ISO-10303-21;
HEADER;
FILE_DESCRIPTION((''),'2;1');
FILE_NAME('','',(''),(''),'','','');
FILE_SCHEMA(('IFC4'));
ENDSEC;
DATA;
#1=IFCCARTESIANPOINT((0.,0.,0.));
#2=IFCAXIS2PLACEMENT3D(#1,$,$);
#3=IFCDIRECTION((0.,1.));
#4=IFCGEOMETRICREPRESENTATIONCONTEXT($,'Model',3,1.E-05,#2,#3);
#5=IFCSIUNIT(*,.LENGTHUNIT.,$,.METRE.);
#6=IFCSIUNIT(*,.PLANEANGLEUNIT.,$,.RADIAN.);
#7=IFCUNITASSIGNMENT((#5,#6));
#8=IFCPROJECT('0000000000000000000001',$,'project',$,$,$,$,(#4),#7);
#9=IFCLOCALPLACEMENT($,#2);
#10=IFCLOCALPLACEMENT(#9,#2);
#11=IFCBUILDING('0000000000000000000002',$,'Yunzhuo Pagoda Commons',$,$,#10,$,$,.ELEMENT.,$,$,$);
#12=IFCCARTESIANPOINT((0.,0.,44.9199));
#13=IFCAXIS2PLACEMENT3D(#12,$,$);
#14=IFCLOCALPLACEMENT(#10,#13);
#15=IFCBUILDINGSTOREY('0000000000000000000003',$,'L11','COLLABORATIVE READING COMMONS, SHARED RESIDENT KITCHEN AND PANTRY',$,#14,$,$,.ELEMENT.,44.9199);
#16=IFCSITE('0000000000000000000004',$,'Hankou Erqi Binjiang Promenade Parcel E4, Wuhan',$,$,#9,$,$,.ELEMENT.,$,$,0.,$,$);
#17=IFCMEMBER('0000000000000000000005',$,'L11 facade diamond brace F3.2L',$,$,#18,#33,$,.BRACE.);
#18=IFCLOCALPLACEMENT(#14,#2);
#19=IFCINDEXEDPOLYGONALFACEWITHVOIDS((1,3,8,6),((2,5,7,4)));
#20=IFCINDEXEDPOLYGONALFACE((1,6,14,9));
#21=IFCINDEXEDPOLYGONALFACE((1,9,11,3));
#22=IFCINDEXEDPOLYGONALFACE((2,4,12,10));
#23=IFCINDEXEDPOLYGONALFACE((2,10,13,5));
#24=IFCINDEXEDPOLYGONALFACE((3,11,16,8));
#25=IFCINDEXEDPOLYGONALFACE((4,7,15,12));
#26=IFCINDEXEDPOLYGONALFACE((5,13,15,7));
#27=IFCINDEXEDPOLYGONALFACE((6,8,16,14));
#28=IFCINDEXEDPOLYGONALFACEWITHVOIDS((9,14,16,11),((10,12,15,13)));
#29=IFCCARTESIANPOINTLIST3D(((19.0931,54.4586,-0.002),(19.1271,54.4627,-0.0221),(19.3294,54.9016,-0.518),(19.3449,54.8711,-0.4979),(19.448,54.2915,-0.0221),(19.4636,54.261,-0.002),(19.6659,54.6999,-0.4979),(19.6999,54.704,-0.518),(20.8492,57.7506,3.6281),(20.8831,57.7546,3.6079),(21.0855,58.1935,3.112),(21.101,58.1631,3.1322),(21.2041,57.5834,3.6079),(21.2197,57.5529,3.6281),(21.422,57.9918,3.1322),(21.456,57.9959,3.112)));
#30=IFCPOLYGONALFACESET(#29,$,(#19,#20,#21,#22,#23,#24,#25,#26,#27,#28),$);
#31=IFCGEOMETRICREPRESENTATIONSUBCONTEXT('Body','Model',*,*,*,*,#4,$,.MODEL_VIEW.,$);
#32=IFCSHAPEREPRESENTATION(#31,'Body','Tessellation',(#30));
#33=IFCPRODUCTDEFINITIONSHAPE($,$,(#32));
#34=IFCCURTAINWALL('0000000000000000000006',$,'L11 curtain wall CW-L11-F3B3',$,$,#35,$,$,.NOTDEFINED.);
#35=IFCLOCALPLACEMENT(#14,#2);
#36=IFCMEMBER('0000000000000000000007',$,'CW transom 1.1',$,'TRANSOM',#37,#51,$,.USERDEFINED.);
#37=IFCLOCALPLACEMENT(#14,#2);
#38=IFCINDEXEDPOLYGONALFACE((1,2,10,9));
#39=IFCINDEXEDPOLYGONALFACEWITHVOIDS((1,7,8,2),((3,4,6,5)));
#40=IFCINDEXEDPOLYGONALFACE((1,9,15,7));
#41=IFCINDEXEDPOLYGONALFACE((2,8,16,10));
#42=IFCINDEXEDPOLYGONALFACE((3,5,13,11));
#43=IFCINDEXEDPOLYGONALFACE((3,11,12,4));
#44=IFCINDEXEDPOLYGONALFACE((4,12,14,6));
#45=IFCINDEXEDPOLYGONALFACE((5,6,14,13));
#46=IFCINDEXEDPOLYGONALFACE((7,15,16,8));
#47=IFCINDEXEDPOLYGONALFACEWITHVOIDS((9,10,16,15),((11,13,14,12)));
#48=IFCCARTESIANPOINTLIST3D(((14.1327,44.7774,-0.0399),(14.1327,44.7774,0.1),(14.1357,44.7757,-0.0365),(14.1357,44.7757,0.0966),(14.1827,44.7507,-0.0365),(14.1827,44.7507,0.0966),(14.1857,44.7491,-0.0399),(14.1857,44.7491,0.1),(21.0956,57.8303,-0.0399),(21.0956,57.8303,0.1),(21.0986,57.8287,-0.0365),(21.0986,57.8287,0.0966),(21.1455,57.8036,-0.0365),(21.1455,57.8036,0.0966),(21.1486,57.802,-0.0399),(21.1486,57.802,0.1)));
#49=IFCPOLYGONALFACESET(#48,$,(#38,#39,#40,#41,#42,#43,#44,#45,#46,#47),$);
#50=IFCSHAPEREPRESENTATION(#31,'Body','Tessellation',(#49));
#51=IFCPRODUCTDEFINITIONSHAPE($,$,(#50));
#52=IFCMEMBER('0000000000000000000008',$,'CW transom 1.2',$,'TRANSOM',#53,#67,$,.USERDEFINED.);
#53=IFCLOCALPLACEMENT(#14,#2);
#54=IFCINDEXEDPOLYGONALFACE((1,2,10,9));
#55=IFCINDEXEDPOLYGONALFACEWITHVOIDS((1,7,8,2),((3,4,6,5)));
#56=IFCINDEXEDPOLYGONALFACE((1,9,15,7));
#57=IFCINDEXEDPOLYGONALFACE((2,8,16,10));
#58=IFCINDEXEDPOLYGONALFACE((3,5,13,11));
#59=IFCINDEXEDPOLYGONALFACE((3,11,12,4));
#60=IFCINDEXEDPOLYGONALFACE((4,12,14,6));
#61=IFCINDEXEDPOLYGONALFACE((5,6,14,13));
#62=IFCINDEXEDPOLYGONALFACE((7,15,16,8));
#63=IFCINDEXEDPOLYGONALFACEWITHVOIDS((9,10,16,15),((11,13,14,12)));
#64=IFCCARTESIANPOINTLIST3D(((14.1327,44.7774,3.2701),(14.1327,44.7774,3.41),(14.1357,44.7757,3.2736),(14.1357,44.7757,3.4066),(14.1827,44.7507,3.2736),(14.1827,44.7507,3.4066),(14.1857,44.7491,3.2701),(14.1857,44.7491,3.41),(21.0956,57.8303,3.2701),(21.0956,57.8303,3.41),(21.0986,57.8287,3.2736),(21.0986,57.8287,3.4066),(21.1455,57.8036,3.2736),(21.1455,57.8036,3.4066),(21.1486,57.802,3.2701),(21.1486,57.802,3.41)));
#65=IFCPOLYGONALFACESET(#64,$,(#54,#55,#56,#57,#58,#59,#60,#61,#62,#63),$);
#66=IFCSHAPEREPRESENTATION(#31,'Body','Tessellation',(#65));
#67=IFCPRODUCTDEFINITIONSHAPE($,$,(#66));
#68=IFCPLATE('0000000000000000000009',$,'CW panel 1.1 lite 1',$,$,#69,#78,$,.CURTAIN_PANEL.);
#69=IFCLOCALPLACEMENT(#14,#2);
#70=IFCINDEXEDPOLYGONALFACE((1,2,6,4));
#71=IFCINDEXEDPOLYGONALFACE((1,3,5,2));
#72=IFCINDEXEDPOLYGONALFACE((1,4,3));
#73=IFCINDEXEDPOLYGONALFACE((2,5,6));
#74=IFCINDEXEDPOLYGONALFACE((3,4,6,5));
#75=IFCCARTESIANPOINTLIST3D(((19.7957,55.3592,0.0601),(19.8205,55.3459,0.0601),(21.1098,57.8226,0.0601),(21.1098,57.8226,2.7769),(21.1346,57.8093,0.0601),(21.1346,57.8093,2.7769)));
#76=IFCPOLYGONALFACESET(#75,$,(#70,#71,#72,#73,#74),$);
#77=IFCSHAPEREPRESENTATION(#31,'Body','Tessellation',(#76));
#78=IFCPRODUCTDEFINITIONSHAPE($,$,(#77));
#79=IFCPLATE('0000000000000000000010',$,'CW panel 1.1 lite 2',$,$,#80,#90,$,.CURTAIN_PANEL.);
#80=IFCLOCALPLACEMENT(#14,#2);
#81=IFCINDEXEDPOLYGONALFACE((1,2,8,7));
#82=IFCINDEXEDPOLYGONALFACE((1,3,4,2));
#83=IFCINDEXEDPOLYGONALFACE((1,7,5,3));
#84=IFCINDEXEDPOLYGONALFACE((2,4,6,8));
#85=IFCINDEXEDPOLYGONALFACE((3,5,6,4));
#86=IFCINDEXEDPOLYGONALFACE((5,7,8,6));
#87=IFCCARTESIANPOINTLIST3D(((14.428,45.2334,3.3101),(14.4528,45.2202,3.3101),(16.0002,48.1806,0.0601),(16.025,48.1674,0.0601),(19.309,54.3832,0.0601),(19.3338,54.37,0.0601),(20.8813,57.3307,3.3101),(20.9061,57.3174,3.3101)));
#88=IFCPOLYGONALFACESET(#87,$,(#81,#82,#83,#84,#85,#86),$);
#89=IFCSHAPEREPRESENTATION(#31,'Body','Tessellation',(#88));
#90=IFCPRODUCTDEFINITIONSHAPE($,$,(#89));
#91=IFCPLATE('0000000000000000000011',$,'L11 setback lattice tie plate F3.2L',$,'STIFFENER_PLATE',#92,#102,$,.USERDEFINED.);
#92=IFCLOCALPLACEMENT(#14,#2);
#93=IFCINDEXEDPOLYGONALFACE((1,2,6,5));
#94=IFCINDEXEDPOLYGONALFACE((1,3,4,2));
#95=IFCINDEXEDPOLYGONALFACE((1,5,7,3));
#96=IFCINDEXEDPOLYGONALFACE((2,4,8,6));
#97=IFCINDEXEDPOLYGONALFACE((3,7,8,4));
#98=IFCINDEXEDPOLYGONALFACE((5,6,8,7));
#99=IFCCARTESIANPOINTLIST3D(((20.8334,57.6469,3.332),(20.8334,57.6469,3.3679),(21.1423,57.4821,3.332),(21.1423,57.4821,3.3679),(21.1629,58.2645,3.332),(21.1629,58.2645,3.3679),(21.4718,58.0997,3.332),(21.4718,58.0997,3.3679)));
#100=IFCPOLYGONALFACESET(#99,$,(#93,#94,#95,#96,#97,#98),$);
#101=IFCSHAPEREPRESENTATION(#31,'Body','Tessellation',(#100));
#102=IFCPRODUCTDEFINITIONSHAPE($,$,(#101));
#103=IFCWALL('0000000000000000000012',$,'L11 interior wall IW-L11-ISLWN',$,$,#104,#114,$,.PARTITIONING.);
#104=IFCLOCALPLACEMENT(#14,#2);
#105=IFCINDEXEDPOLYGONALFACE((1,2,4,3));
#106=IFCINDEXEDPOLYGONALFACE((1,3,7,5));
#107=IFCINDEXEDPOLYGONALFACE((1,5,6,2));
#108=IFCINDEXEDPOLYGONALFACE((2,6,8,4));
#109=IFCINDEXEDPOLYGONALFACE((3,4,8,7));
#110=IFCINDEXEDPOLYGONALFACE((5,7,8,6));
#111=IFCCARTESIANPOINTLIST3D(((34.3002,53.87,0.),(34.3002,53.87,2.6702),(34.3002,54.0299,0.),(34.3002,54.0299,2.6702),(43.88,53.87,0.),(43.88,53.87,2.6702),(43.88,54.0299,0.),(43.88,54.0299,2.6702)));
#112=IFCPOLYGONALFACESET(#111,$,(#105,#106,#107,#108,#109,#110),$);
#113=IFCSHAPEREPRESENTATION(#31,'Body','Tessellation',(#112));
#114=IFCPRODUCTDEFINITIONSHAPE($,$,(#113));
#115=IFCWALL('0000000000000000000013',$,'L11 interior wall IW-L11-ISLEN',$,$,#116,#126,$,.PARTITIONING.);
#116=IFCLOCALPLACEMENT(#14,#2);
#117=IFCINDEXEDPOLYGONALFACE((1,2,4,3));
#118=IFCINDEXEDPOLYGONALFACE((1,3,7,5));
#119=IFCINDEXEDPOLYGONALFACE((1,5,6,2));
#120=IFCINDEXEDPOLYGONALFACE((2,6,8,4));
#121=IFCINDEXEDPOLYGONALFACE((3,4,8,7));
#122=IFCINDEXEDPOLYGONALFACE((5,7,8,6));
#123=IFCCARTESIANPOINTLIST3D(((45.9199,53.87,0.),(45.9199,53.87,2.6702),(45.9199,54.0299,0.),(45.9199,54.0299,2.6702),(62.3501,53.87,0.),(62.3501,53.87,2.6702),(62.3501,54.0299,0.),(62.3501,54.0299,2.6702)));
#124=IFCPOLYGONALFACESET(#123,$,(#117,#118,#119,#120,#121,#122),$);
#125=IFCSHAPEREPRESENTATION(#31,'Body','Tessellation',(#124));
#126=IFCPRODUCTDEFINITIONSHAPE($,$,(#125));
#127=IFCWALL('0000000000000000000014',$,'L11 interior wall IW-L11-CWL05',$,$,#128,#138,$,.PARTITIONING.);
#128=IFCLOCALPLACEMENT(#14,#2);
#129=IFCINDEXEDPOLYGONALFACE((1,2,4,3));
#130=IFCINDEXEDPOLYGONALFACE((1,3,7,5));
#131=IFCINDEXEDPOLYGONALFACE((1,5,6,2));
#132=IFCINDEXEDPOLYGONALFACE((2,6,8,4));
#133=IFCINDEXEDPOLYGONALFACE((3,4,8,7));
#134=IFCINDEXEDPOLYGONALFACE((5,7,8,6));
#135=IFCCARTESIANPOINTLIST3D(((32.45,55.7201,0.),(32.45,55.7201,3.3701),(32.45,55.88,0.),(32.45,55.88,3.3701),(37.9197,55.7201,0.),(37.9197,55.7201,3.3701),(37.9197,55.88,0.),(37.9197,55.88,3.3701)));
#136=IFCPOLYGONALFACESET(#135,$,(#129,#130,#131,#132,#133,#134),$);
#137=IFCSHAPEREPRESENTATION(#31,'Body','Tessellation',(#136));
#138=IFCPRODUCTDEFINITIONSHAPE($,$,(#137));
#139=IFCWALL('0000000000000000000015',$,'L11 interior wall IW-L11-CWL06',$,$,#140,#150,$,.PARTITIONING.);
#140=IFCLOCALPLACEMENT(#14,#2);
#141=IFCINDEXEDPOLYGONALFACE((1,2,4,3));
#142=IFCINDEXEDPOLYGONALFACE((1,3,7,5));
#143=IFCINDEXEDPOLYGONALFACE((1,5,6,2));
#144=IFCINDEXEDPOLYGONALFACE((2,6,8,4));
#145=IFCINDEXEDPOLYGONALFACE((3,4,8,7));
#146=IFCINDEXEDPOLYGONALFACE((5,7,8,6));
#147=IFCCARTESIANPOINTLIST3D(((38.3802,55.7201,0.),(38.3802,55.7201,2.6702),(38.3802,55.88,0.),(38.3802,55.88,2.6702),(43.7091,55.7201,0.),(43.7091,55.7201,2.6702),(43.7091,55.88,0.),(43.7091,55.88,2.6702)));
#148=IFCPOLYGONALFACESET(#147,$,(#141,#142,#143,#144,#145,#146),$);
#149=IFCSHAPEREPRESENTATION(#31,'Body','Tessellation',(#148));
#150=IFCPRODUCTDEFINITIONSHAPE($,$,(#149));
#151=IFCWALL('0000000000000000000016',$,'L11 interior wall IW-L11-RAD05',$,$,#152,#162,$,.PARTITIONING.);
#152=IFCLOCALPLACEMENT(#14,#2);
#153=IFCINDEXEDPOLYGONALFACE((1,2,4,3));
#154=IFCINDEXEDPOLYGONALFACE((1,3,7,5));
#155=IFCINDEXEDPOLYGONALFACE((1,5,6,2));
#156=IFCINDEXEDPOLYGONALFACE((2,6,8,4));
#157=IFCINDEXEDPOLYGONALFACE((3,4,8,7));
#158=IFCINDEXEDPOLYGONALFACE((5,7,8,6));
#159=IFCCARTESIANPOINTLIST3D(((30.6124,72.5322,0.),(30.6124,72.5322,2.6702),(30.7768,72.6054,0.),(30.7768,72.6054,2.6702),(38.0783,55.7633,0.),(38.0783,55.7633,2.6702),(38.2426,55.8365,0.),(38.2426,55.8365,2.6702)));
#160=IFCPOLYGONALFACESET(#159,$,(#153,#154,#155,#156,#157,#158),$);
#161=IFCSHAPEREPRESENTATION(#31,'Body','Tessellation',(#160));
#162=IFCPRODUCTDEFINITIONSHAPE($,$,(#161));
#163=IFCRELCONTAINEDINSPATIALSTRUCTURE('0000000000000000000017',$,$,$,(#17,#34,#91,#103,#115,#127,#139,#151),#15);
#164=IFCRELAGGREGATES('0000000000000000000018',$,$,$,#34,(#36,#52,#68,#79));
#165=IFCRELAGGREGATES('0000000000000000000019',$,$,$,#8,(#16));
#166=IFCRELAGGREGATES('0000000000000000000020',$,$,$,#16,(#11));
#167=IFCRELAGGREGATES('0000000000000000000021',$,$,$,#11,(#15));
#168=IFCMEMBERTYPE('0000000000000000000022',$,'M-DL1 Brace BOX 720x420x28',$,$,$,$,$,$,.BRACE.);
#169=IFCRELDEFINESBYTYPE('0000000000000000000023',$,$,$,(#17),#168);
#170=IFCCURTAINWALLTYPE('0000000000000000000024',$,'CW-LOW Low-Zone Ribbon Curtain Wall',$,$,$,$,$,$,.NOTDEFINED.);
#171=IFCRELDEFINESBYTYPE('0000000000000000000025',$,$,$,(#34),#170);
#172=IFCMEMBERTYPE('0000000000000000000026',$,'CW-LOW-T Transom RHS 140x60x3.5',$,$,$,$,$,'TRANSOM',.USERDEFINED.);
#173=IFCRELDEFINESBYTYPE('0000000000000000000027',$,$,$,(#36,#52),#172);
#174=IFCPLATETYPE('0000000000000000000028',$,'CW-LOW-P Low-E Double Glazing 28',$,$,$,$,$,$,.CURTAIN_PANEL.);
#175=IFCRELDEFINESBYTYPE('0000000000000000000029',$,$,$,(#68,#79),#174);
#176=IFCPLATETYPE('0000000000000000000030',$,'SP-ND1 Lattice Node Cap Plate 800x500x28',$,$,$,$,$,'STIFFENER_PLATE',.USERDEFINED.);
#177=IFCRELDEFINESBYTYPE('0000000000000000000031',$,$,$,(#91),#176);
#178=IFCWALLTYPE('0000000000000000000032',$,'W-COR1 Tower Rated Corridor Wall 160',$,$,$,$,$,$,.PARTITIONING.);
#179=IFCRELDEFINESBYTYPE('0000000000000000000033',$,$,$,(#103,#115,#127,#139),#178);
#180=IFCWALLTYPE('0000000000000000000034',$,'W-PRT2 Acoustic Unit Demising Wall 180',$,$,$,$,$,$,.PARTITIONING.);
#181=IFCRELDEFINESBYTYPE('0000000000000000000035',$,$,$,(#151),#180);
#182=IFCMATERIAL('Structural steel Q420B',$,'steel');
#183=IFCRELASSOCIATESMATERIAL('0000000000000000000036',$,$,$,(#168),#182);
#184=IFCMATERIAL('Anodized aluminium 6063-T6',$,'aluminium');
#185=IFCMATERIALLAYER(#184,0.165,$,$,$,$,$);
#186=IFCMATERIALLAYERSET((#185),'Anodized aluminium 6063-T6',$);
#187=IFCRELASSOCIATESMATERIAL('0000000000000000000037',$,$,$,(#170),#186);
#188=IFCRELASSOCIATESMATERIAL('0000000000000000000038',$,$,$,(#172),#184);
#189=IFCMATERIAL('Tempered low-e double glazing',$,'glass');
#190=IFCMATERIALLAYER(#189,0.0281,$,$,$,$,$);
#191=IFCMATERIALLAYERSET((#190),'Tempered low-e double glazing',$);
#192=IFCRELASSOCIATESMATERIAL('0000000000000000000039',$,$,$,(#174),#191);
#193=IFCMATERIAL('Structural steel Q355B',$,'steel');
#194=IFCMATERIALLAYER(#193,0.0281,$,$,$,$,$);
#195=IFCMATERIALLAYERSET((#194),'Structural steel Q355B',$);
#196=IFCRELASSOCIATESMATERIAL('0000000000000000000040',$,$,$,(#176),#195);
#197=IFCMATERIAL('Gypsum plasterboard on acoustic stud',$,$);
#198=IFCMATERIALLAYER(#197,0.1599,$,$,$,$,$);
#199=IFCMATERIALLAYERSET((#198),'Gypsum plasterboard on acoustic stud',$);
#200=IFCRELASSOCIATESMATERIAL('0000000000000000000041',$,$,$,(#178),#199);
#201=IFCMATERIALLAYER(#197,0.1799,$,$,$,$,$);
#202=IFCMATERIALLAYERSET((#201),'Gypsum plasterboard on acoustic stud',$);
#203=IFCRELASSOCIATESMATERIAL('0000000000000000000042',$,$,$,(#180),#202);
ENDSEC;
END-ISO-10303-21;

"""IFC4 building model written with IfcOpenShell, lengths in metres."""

from ifc_helpers import new_model, si_unit, direction, frame, frame_2d, origin, origin_2d, place, context, subcontext, project, spatial, polyline, rectangle, hollow_rectangle, outline, extrude, source, transform, mapped, material, layer, layer_set, material_profile, profile_set, type_object, element, aggregate, save


model = new_model("IFC4")

# Units and contexts
model_context = context("Model", 3, precision=1e-05, world=origin(), true_north=direction((0.0, 1.0)))
body_context = subcontext(model_context, "Body", "Model", "MODEL_VIEW")
ifc_project = project(units=[si_unit("LENGTHUNIT", "METRE"), si_unit("PLANEANGLEUNIT", "RADIAN")], contexts=[model_context])

# Site, building, storey
site_placement = place(None, origin())
site = spatial("IfcSite", under=ifc_project, at=site_placement, Name="Hankou Erqi Binjiang Promenade Parcel E4, Wuhan", CompositionType="ELEMENT", RefElevation=0.0)
building_placement = place(site_placement, origin())
building = spatial("IfcBuilding", under=site, at=building_placement, Name="Yunzhuo Pagoda Commons", CompositionType="ELEMENT")
storey_placement = place(building_placement, frame((0.0, 0.0, 44.9199)))
storey = spatial("IfcBuildingStorey", under=building, at=storey_placement, Name="L11", Description="COLLABORATIVE READING COMMONS, SHARED RESIDENT KITCHEN AND PANTRY", CompositionType="ELEMENT", Elevation=44.9199)

# Shared definitions
ifc_material_1 = material(Name="Structural steel Q420B", Category="steel")

# Shared definitions
ifc_material_2 = material(Name="Structural steel Q355B", Category="steel")

# Member
ifc_material_profile_1 = material_profile(ifc_material_1, hollow_rectangle(XDim=0.4199, YDim=0.72, WallThickness=0.0281, at=origin_2d()), Name="Structural steel Q420B")
ifc_profile_set_1 = profile_set([ifc_material_profile_1], Name="Structural steel Q420B")
member_type_1 = type_object("IfcMemberType", Name="M-DL1 Brace BOX 720x420x28", PredefinedType="BRACE", material=ifc_profile_set_1)
shared_shape_1 = source(origin(), body_context, "Body", "SweptSolid", [
    extrude(hollow_rectangle(XDim=0.4199, YDim=0.72, WallThickness=0.0281, at=origin_2d()), origin(), (0.0, 0.0, 1.0), 5.2056),
])
member_1_placement = place(storey_placement, frame((19.3965, 54.5813, -0.26), z_axis=(0.337345, 0.632387, 0.697342), x_axis=(-0.882311, 0.470666, 0.0)))
element("IfcMember", 1, at=member_1_placement, inside=storey, type_object=member_type_1, Name="L11 facade diamond brace F3.2L", PredefinedType="BRACE", context=body_context, shape_type="MappedRepresentation", body=[
    mapped(shared_shape_1, transform((0.0, 0.0, 0.0), scale=1.0)),
])

# Curtain wall, members, plates
ifc_material_3 = material(Name="Anodized aluminium 6063-T6", Category="aluminium")
ifc_layer_1 = layer(ifc_material_3, 0.165)
ifc_layer_set_1 = layer_set([ifc_layer_1], Name="Anodized aluminium 6063-T6")
curtain_wall_type = type_object("IfcCurtainWallType", Name="CW-LOW Low-Zone Ribbon Curtain Wall", PredefinedType="NOTDEFINED", material=ifc_layer_set_1)
curtain_wall_placement = place(storey_placement, origin())
curtain_wall = element("IfcCurtainWall", 2, at=curtain_wall_placement, inside=storey, type_object=curtain_wall_type, Name="L11 curtain wall CW-L11-F3B3", PredefinedType="NOTDEFINED")
ifc_material_profile_2 = material_profile(ifc_material_3, hollow_rectangle(XDim=0.0601, YDim=0.1399, WallThickness=0.0034, at=origin_2d()), Name="Anodized aluminium 6063-T6")
ifc_profile_set_2 = profile_set([ifc_material_profile_2], Name="Anodized aluminium 6063-T6")
member_type_2 = type_object("IfcMemberType", Name="CW-LOW-T Transom RHS 140x60x3.5", ElementType="TRANSOM", PredefinedType="USERDEFINED", material=ifc_profile_set_2)
shared_shape_2 = source(origin(), body_context, "Body", "SweptSolid", [
    extrude(hollow_rectangle(XDim=0.0601, YDim=0.1399, WallThickness=0.0034, at=origin_2d()), origin(), (0.0, 0.0, 1.0), 14.7939),
])
member_2_placement = place(storey_placement, frame((21.1221, 57.8162, 0.03), z_axis=(-0.470657, -0.882316, 0.0), x_axis=(0.882316, -0.470657, 0.0)))
member_2 = element("IfcMember", 3, at=member_2_placement, type_object=member_type_2, Name="CW transom 1.1", ObjectType="TRANSOM", PredefinedType="USERDEFINED", context=body_context, shape_type="MappedRepresentation", body=[
    mapped(shared_shape_2, transform((0.0, 0.0, 0.0), scale=1.0)),
])
member_3_placement = place(storey_placement, frame((21.1221, 57.8162, 3.3401), z_axis=(-0.470657, -0.882316, 0.0), x_axis=(0.882316, -0.470657, 0.0)))
member_3 = element("IfcMember", 4, at=member_3_placement, type_object=member_type_2, Name="CW transom 1.2", ObjectType="TRANSOM", PredefinedType="USERDEFINED", context=body_context, shape_type="MappedRepresentation", body=[
    mapped(shared_shape_2, transform((0.0, 0.0, 0.0), scale=1.0)),
])
ifc_material_4 = material(Name="Tempered low-e double glazing", Category="glass")
ifc_layer_2 = layer(ifc_material_4, 0.0281)
ifc_layer_set_2 = layer_set([ifc_layer_2], Name="Tempered low-e double glazing")
plate_type_1 = type_object("IfcPlateType", Name="CW-LOW-P Low-E Double Glazing 28", PredefinedType="CURTAIN_PANEL", material=ifc_layer_set_2)
plate_1_placement = place(storey_placement, frame((20.4775, 56.5776, 1.4185), z_axis=(-0.882309, 0.47067, 0.0), x_axis=(-0.47067, -0.882309, 0.0)))
plate_1 = element("IfcPlate", 5, at=plate_1_placement, type_object=plate_type_1, Name="CW panel 1.1 lite 1", PredefinedType="CURTAIN_PANEL", context=body_context, shape_type="SweptSolid", body=[
    extrude(outline(polyline([(-1.396, -1.3584), (1.396, -1.3584), (-1.396, 1.3584), (-1.396, -1.3584)])), origin(), (0.0, 0.0, 1.0), 0.0281),
])
plate_2_placement = place(storey_placement, frame((17.6794, 51.2688, 1.6851), z_axis=(-0.882309, 0.47067, 0.0), x_axis=(-0.47067, -0.882309, 0.0)))
plate_2 = element("IfcPlate", 6, at=plate_2_placement, type_object=plate_type_1, Name="CW panel 1.1 lite 2", PredefinedType="CURTAIN_PANEL", context=body_context, shape_type="SweptSolid", body=[
    extrude(outline(polyline([(-6.8555, 1.625), (-3.5149, -1.625), (3.5151, -1.625), (6.8555, 1.625), (-6.8555, 1.625)])), origin(), (0.0, 0.0, 1.0), 0.0281),
])
aggregate(curtain_wall, [member_2, member_3, plate_1, plate_2])

# Plate
ifc_layer_3 = layer(ifc_material_2, 0.0281)
ifc_layer_set_3 = layer_set([ifc_layer_3], Name="Structural steel Q355B")
plate_type_2 = type_object("IfcPlateType", Name="SP-ND1 Lattice Node Cap Plate 800x500x28", ElementType="STIFFENER_PLATE", PredefinedType="USERDEFINED", material=ifc_layer_set_3)
shared_shape_3 = source(origin(), body_context, "Body", "SweptSolid", [
    extrude(rectangle(XDim=0.7, YDim=0.3501, at=origin_2d()), origin(), (0.0, 0.0, 1.0), 0.0359),
])
plate_3_placement = place(storey_placement, frame((21.1526, 57.8733, 3.332), z_axis=(0.0, 0.0, 1.0), x_axis=(-0.470673, -0.882308, 0.0)))
element("IfcPlate", 7, at=plate_3_placement, inside=storey, type_object=plate_type_2, Name="L11 setback lattice tie plate F3.2L", ObjectType="STIFFENER_PLATE", PredefinedType="USERDEFINED", context=body_context, shape_type="MappedRepresentation", body=[
    mapped(shared_shape_3, transform((0.0, 0.0, 0.0), scale=1.0)),
])

# Walls
ifc_material_5 = material(Name="Gypsum plasterboard on acoustic stud")
ifc_layer_4 = layer(ifc_material_5, 0.1599)
ifc_layer_set_4 = layer_set([ifc_layer_4], Name="Gypsum plasterboard on acoustic stud")
wall_type_1 = type_object("IfcWallType", Name="W-COR1 Tower Rated Corridor Wall 160", PredefinedType="PARTITIONING", material=ifc_layer_set_4)
wall_1_placement = place(storey_placement, frame((34.3, 53.95, 0.0), z_axis=(0.0, 0.0, 1.0), x_axis=(1.0, 0.0, 0.0)))
element("IfcWall", 8, at=wall_1_placement, inside=storey, type_object=wall_type_1, Name="L11 interior wall IW-L11-ISLWN", PredefinedType="PARTITIONING", context=body_context, shape_type="SweptSolid", body=[
    extrude(rectangle(XDim=9.5798, YDim=0.1599, at=frame_2d((4.79, 0.0))), origin(), (0.0, 0.0, 1.0), 2.6702),
])
wall_2_placement = place(storey_placement, frame((45.9199, 53.95, 0.0), z_axis=(0.0, 0.0, 1.0), x_axis=(1.0, 0.0, 0.0)))
element("IfcWall", 9, at=wall_2_placement, inside=storey, type_object=wall_type_1, Name="L11 interior wall IW-L11-ISLEN", PredefinedType="PARTITIONING", context=body_context, shape_type="SweptSolid", body=[
    extrude(rectangle(XDim=16.4302, YDim=0.1599, at=frame_2d((8.2151, 0.0))), origin(), (0.0, 0.0, 1.0), 2.6702),
])
wall_3_placement = place(storey_placement, frame((32.45, 55.8, 0.0), z_axis=(0.0, 0.0, 1.0), x_axis=(1.0, 0.0, 0.0)))
element("IfcWall", 10, at=wall_3_placement, inside=storey, type_object=wall_type_1, Name="L11 interior wall IW-L11-CWL05", PredefinedType="PARTITIONING", context=body_context, shape_type="SweptSolid", body=[
    extrude(rectangle(XDim=5.4697, YDim=0.1599, at=frame_2d((2.7349, 0.0))), origin(), (0.0, 0.0, 1.0), 3.3701),
])
wall_4_placement = place(storey_placement, frame((38.3801, 55.8, 0.0), z_axis=(0.0, 0.0, 1.0), x_axis=(1.0, 0.0, 0.0)))
element("IfcWall", 11, at=wall_4_placement, inside=storey, type_object=wall_type_1, Name="L11 interior wall IW-L11-CWL06", PredefinedType="PARTITIONING", context=body_context, shape_type="SweptSolid", body=[
    extrude(rectangle(XDim=5.3289, YDim=0.1599, at=frame_2d((2.6646, 0.0))), origin(), (0.0, 0.0, 1.0), 2.6702),
])
ifc_layer_5 = layer(ifc_material_5, 0.1799)
ifc_layer_set_5 = layer_set([ifc_layer_5], Name="Gypsum plasterboard on acoustic stud")
wall_type_2 = type_object("IfcWallType", Name="W-PRT2 Acoustic Unit Demising Wall 180", PredefinedType="PARTITIONING", material=ifc_layer_set_5)
wall_5_placement = place(storey_placement, frame((38.1604, 55.8, 0.0), z_axis=(0.0, 0.0, 1.0), x_axis=(-0.406731, 0.913548, 0.0)))
element("IfcWall", 12, at=wall_5_placement, inside=storey, type_object=wall_type_2, Name="L11 interior wall IW-L11-RAD05", PredefinedType="PARTITIONING", context=body_context, shape_type="SweptSolid", body=[
    extrude(rectangle(XDim=18.3557, YDim=0.1799, at=frame_2d((9.1777, 0.0))), origin(), (0.0, 0.0, 1.0), 2.6702),
])

save(model, "model.ifc")
